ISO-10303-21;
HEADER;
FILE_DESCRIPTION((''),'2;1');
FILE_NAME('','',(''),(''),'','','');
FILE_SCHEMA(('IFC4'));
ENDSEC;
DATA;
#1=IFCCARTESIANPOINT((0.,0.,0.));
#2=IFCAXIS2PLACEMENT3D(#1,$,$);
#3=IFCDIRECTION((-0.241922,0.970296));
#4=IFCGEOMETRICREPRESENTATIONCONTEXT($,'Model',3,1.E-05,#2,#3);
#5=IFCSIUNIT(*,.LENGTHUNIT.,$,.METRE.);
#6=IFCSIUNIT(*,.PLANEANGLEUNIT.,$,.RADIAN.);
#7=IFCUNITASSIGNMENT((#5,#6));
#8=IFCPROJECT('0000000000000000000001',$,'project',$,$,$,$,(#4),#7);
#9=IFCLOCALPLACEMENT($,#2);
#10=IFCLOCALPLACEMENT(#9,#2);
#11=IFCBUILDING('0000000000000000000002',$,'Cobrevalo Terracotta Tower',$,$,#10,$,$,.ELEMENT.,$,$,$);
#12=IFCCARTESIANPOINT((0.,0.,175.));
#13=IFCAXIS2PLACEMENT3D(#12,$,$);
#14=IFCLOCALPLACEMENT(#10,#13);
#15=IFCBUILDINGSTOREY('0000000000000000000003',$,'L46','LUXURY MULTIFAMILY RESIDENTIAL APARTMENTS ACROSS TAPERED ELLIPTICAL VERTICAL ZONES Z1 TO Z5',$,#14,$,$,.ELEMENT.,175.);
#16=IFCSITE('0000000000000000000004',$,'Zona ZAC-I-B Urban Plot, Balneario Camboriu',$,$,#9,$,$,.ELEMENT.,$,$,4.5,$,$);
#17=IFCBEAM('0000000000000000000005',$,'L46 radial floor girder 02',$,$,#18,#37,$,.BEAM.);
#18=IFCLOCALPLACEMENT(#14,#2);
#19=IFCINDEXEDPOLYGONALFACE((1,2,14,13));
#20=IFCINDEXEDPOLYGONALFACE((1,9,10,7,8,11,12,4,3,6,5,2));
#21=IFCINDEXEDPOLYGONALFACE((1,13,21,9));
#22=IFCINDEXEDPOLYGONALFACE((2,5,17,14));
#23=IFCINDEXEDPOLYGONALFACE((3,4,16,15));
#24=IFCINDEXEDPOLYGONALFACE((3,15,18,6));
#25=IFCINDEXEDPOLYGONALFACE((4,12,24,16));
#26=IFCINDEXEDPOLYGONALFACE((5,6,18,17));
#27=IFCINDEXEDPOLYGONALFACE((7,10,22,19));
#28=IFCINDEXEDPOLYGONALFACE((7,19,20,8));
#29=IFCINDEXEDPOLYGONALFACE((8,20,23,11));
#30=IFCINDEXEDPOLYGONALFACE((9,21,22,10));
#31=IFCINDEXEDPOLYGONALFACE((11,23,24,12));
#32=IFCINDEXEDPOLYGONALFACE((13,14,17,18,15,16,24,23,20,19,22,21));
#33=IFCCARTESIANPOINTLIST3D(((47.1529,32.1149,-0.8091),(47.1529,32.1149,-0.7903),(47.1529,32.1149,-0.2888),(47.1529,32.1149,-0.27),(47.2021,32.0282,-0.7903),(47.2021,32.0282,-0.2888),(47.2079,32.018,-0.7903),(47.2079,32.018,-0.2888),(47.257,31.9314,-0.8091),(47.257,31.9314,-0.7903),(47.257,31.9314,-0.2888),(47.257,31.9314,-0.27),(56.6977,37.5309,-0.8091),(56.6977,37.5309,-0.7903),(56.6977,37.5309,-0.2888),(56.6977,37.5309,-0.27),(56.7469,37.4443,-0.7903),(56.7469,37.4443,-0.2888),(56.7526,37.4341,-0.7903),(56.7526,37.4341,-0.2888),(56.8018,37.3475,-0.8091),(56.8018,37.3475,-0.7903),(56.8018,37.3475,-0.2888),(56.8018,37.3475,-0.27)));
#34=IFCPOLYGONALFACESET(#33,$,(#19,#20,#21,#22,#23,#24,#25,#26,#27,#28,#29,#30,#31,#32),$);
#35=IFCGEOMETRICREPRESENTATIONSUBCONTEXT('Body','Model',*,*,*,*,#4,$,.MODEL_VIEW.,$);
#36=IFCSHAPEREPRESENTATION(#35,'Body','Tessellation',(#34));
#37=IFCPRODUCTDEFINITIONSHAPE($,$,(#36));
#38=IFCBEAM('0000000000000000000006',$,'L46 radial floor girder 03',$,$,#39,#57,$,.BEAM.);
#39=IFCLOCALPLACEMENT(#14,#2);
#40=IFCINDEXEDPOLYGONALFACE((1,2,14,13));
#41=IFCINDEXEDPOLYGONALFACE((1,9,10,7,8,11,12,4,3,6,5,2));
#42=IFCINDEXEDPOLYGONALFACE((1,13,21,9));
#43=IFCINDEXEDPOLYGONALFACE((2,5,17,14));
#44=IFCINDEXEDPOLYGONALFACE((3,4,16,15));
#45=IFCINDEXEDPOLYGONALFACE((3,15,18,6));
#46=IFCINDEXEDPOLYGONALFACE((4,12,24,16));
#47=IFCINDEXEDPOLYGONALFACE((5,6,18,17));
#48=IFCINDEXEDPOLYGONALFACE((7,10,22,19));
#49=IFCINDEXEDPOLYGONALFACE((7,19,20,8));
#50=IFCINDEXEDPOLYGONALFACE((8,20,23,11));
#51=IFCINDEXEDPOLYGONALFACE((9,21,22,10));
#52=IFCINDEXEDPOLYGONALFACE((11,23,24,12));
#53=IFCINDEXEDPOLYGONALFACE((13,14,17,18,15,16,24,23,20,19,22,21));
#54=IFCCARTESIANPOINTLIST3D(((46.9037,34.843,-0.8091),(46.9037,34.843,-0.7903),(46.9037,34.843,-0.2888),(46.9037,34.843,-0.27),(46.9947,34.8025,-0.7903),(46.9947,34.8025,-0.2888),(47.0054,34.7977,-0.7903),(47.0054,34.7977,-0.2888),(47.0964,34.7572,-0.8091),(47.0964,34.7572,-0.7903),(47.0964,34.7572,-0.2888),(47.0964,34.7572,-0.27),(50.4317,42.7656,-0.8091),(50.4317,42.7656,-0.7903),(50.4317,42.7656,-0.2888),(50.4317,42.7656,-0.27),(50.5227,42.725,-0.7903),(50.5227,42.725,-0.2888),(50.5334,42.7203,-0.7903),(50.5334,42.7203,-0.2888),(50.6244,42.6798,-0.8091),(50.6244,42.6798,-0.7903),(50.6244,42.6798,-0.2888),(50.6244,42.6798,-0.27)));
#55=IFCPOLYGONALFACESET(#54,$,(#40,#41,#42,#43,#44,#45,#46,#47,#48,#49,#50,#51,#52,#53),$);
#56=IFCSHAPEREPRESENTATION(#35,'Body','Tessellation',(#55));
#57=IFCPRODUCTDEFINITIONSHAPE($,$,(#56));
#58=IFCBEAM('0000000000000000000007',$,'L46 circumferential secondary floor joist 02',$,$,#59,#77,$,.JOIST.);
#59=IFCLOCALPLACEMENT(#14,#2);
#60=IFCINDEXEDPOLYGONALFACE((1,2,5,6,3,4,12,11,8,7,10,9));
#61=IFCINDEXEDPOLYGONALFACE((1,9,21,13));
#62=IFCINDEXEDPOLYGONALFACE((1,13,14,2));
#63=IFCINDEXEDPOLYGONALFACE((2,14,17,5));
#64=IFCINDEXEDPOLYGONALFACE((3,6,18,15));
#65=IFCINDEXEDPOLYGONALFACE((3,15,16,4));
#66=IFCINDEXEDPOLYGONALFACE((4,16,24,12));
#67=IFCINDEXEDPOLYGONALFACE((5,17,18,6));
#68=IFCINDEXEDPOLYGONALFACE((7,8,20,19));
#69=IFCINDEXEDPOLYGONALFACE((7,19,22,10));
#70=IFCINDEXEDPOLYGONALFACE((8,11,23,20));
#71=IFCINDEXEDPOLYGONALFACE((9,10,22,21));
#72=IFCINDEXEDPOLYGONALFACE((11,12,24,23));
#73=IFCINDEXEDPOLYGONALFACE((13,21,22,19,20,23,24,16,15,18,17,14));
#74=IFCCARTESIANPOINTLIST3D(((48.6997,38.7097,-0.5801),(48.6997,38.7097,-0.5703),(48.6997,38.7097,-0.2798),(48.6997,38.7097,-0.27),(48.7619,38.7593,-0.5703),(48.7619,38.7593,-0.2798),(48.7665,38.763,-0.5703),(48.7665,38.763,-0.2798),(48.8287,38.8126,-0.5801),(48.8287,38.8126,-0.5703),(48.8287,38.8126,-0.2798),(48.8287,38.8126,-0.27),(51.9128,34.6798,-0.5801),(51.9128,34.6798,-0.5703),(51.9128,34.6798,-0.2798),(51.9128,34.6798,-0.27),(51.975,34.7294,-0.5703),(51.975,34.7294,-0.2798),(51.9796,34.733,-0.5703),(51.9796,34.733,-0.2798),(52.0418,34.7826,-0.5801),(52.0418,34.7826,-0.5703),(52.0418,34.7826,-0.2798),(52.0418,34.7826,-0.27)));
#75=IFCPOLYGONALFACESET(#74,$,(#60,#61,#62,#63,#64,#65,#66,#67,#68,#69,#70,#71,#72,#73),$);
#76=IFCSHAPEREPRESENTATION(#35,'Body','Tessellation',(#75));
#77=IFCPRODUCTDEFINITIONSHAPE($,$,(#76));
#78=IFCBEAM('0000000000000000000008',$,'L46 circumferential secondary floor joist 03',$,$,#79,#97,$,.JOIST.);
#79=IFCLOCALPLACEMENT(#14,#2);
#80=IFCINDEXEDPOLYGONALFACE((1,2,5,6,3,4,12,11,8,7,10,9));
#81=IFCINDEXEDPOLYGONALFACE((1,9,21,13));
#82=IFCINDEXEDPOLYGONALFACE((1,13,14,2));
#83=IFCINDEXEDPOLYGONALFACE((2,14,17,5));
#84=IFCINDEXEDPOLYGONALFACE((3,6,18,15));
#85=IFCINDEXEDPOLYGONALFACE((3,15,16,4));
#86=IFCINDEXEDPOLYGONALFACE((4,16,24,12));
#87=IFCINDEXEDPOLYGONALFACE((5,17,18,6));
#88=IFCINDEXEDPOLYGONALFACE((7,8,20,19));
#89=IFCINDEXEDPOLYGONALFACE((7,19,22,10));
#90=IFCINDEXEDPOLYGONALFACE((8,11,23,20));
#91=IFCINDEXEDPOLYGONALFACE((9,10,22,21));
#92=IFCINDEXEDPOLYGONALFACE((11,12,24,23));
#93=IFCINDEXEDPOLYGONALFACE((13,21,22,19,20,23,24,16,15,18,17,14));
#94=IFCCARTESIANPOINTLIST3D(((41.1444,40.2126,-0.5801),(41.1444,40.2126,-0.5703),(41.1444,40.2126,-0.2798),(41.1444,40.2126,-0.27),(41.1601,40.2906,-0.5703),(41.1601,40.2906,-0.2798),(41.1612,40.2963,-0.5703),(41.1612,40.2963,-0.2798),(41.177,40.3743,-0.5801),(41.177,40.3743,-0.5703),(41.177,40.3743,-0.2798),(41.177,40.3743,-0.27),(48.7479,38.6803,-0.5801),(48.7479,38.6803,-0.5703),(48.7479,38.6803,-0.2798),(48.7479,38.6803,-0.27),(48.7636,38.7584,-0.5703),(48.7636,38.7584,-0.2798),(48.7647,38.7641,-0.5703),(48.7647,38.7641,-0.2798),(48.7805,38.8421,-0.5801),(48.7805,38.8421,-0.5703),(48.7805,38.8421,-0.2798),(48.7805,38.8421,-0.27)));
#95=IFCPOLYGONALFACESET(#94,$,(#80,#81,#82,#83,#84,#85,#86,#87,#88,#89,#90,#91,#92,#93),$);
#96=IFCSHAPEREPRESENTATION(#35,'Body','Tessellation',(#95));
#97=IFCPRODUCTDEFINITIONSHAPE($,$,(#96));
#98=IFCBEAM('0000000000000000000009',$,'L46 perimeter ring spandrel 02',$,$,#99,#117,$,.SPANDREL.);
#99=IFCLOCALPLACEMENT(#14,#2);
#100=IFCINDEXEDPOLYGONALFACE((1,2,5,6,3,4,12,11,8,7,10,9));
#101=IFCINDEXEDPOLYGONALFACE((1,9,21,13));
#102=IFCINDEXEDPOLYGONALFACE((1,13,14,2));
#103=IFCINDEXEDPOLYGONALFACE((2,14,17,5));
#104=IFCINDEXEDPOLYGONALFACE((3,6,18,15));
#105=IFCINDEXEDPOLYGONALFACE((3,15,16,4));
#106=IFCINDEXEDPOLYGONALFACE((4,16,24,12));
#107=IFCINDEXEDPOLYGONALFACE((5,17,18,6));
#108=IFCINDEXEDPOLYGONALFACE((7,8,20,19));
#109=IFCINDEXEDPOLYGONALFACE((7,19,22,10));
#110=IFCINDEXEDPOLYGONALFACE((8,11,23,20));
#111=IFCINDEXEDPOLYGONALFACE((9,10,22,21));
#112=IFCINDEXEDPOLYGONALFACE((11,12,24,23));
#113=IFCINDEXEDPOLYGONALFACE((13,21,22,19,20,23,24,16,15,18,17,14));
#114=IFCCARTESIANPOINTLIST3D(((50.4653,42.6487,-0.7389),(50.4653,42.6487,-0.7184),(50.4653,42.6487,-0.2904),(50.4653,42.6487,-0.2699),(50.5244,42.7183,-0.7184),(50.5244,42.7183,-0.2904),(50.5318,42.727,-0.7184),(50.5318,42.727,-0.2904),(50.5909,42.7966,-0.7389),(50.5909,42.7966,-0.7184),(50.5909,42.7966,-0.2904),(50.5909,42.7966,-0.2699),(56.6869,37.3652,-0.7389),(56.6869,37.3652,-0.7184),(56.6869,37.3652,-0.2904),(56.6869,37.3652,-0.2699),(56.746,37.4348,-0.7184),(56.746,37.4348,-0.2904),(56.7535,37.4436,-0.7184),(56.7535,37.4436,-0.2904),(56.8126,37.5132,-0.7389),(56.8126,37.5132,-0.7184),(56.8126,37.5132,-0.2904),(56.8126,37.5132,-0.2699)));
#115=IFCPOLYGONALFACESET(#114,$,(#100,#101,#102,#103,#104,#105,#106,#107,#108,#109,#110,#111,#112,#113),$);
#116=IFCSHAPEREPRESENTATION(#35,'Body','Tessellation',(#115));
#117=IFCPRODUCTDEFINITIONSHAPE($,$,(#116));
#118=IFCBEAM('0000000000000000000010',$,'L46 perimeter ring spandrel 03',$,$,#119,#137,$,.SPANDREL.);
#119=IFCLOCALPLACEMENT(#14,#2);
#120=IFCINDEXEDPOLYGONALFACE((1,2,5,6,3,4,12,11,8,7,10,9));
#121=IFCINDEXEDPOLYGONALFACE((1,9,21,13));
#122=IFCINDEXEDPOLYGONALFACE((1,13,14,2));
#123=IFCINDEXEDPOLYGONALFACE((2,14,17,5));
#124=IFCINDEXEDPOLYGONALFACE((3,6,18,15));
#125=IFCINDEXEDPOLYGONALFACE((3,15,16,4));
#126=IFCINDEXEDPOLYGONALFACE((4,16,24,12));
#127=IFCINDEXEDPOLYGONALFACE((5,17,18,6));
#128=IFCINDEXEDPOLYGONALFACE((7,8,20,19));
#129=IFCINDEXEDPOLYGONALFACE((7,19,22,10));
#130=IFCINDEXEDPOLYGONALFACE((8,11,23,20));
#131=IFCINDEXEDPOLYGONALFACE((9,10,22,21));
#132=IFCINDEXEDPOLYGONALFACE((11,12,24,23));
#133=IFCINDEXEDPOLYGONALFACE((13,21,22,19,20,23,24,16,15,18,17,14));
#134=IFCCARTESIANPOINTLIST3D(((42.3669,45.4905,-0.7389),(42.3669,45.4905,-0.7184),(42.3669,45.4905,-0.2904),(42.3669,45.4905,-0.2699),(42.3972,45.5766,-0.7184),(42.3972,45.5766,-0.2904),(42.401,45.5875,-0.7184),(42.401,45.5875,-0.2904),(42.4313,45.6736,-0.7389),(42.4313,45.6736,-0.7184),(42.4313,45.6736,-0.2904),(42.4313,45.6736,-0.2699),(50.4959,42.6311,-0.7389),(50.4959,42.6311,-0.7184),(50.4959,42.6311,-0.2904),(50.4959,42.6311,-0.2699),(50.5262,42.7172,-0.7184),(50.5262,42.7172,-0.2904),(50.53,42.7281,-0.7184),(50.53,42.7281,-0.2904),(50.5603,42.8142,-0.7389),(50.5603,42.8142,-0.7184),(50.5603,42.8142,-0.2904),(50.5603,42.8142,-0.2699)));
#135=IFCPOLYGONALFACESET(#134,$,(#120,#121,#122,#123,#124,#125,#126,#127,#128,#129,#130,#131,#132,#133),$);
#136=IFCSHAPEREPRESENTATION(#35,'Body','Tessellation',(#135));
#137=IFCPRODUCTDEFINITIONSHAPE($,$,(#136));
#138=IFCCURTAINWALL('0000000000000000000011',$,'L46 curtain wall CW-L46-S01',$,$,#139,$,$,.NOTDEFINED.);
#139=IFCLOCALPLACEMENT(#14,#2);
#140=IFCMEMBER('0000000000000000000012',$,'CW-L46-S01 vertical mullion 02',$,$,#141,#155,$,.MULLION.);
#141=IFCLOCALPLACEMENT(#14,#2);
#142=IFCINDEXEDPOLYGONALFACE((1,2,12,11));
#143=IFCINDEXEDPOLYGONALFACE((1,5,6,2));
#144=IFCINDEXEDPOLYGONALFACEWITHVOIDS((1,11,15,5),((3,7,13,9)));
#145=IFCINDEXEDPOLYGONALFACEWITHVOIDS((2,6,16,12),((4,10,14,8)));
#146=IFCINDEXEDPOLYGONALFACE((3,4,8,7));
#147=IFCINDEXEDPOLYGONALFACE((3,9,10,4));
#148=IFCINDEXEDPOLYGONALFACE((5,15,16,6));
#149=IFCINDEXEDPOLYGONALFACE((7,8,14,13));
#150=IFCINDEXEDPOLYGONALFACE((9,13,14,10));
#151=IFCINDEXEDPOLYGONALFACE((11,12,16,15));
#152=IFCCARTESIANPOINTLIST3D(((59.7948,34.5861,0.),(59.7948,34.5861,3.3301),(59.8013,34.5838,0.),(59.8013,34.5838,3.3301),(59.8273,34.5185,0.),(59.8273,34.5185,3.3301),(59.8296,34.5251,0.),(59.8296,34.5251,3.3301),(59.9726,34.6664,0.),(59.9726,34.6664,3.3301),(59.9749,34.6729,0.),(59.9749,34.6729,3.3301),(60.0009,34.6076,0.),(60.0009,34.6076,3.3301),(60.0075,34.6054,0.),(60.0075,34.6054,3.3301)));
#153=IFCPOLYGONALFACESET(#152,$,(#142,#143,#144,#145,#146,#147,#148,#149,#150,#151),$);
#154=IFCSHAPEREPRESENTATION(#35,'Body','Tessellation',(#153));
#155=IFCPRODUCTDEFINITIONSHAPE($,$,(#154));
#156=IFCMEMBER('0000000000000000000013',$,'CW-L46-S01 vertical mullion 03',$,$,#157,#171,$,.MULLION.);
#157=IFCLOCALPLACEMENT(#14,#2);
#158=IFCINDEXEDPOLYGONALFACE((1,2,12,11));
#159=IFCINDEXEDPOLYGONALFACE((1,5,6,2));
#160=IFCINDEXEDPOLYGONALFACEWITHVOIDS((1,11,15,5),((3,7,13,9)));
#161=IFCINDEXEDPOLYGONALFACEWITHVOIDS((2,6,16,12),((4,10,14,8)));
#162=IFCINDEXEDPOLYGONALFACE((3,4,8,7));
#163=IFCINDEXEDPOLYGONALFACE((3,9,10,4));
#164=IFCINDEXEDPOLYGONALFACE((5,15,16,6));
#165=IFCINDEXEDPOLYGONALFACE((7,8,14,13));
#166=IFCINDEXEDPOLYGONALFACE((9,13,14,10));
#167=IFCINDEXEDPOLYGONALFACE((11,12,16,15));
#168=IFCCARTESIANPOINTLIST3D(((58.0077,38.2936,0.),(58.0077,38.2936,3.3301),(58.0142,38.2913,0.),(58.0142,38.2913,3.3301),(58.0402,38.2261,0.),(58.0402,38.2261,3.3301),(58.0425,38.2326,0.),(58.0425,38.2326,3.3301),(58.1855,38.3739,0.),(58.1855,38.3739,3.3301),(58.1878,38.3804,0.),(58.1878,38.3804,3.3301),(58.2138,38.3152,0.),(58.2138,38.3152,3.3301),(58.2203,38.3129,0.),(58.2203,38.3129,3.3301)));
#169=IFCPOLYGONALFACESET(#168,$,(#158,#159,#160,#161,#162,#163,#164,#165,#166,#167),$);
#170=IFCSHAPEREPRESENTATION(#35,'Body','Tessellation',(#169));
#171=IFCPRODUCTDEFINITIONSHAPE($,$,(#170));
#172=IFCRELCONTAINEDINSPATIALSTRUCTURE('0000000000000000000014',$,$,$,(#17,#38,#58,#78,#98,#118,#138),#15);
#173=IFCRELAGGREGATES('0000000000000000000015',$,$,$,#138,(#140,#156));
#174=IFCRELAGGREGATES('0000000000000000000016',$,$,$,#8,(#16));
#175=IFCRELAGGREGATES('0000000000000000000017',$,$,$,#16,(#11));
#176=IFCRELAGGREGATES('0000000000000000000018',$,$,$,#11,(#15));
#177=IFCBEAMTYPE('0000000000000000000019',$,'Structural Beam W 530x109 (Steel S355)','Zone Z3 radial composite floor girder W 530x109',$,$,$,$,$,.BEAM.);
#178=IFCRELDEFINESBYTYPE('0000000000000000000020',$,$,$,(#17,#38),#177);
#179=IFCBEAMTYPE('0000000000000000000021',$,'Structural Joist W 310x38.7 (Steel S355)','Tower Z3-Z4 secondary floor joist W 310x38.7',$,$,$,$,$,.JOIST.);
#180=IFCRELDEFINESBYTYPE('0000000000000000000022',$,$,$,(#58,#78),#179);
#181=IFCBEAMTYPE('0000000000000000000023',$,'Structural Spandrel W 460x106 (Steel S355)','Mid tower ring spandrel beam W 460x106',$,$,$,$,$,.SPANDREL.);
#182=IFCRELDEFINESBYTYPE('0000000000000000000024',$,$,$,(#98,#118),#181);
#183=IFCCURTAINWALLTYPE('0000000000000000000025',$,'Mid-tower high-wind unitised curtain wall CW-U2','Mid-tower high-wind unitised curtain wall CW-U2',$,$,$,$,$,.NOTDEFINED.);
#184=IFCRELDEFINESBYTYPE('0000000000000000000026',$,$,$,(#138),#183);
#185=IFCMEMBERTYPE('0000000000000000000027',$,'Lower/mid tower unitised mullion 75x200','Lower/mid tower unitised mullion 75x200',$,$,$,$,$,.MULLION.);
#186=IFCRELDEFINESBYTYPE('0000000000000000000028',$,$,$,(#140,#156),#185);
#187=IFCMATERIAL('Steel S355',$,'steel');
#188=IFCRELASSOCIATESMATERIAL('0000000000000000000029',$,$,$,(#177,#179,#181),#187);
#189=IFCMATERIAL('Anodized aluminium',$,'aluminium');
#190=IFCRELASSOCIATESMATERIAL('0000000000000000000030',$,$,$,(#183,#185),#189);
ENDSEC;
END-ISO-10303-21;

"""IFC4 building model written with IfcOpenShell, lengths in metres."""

from ifc_helpers import new_model, si_unit, direction, frame, origin, origin_2d, place, context, subcontext, project, spatial, hollow_rectangle, i_section, extrude, source, transform, mapped, material, material_profile, profile_set, type_object, element, aggregate, save


model = new_model("IFC4")

# Units and contexts
model_context = context("Model", 3, precision=1e-05, world=origin(), true_north=direction((-0.241922, 0.970296)))
body_context = subcontext(model_context, "Body", "Model", "MODEL_VIEW")
ifc_project = project(units=[si_unit("LENGTHUNIT", "METRE"), si_unit("PLANEANGLEUNIT", "RADIAN")], contexts=[model_context])

# Site, building, storey
site_placement = place(None, origin())
site = spatial("IfcSite", under=ifc_project, at=site_placement, Name="Zona ZAC-I-B Urban Plot, Balneario Camboriu", CompositionType="ELEMENT", RefElevation=4.5)
building_placement = place(site_placement, origin())
building = spatial("IfcBuilding", under=site, at=building_placement, Name="Cobrevalo Terracotta Tower", CompositionType="ELEMENT")
storey_placement = place(building_placement, frame((0.0, 0.0, 175.0)))
storey = spatial("IfcBuildingStorey", under=building, at=storey_placement, Name="L46", Description="LUXURY MULTIFAMILY RESIDENTIAL APARTMENTS ACROSS TAPERED ELLIPTICAL VERTICAL ZONES Z1 TO Z5", CompositionType="ELEMENT", Elevation=175.0)

# Shared definitions
ifc_material_1 = material(Name="Steel S355", Category="steel")

# Beams
ifc_material_profile_1 = material_profile(ifc_material_1, i_section(OverallWidth=0.2109, OverallDepth=0.5391, WebThickness=0.0117, FlangeThickness=0.0188, at=origin_2d()), Name="W 530x109")
ifc_profile_set_1 = profile_set([ifc_material_profile_1], Name="Steel S355")
beam_type_1 = type_object("IfcBeamType", Name="Structural Beam W 530x109 (Steel S355)", Description="Zone Z3 radial composite floor girder W 530x109", PredefinedType="BEAM", material=ifc_profile_set_1)
beam_1_placement = place(storey_placement, frame((56.7498, 37.4392, -0.5396), z_axis=(-0.869734, -0.49352, 0.0), x_axis=(0.49352, -0.869734, 0.0)))
element("IfcBeam", 1, at=beam_1_placement, inside=storey, type_object=beam_type_1, Name="L46 radial floor girder 02", PredefinedType="BEAM", context=body_context, shape_type="SweptSolid", body=[
    extrude(i_section(OverallWidth=0.2109, OverallDepth=0.5391, WebThickness=0.0117, FlangeThickness=0.0188, at=origin_2d()), origin(), (0.0, 0.0, 1.0), 10.9744),
])
beam_2_placement = place(storey_placement, frame((50.5281, 42.7227, -0.5396), z_axis=(-0.406804, -0.913515, 0.0), x_axis=(0.913515, -0.406804, 0.0)))
element("IfcBeam", 2, at=beam_2_placement, inside=storey, type_object=beam_type_1, Name="L46 radial floor girder 03", PredefinedType="BEAM", context=body_context, shape_type="SweptSolid", body=[
    extrude(i_section(OverallWidth=0.2109, OverallDepth=0.5391, WebThickness=0.0117, FlangeThickness=0.0188, at=origin_2d()), origin(), (0.0, 0.0, 1.0), 8.6726),
])
ifc_material_profile_2 = material_profile(ifc_material_1, i_section(OverallWidth=0.165, OverallDepth=0.3101, WebThickness=0.0059, FlangeThickness=0.0098, at=origin_2d()), Name="W 310x38.7")
ifc_profile_set_2 = profile_set([ifc_material_profile_2], Name="Steel S355")
beam_type_2 = type_object("IfcBeamType", Name="Structural Joist W 310x38.7 (Steel S355)", Description="Tower Z3-Z4 secondary floor joist W 310x38.7", PredefinedType="JOIST", material=ifc_profile_set_2)
beam_3_placement = place(storey_placement, frame((51.9773, 34.7312, -0.425), z_axis=(-0.623406, 0.781898, 0.0), x_axis=(-0.781898, -0.623406, 0.0)))
element("IfcBeam", 3, at=beam_3_placement, inside=storey, type_object=beam_type_2, Name="L46 circumferential secondary floor joist 02", PredefinedType="JOIST", context=body_context, shape_type="SweptSolid", body=[
    extrude(i_section(OverallWidth=0.165, OverallDepth=0.3101, WebThickness=0.0059, FlangeThickness=0.0098, at=origin_2d()), origin(), (0.0, 0.0, 1.0), 5.1541),
])
beam_4_placement = place(storey_placement, frame((48.7642, 38.7612, -0.425), z_axis=(-0.980294, 0.197544, 0.0), x_axis=(-0.197544, -0.980294, 0.0)))
element("IfcBeam", 4, at=beam_4_placement, inside=storey, type_object=beam_type_2, Name="L46 circumferential secondary floor joist 03", PredefinedType="JOIST", context=body_context, shape_type="SweptSolid", body=[
    extrude(i_section(OverallWidth=0.165, OverallDepth=0.3101, WebThickness=0.0059, FlangeThickness=0.0098, at=origin_2d()), origin(), (0.0, 0.0, 1.0), 7.7563),
])
ifc_material_profile_3 = material_profile(ifc_material_1, i_section(OverallWidth=0.1941, OverallDepth=0.469, WebThickness=0.0115, FlangeThickness=0.0205, at=origin_2d()), Name="W 460x106")
ifc_profile_set_3 = profile_set([ifc_material_profile_3], Name="Steel S355")
beam_type_3 = type_object("IfcBeamType", Name="Structural Spandrel W 460x106 (Steel S355)", Description="Mid tower ring spandrel beam W 460x106", PredefinedType="SPANDREL", material=ifc_profile_set_3)
beam_5_placement = place(storey_placement, frame((56.7498, 37.4392, -0.5044), z_axis=(-0.76224, 0.647294, 0.0), x_axis=(-0.647294, -0.76224, 0.0)))
element("IfcBeam", 5, at=beam_5_placement, inside=storey, type_object=beam_type_3, Name="L46 perimeter ring spandrel 02", PredefinedType="SPANDREL", context=body_context, shape_type="SweptSolid", body=[
    extrude(i_section(OverallWidth=0.1941, OverallDepth=0.469, WebThickness=0.0115, FlangeThickness=0.0205, at=origin_2d()), origin(), (0.0, 0.0, 1.0), 8.1624),
])
beam_6_placement = place(storey_placement, frame((50.5281, 42.7227, -0.5044), z_axis=(-0.943341, 0.331824, 0.0), x_axis=(-0.331824, -0.943341, 0.0)))
element("IfcBeam", 6, at=beam_6_placement, inside=storey, type_object=beam_type_3, Name="L46 perimeter ring spandrel 03", PredefinedType="SPANDREL", context=body_context, shape_type="SweptSolid", body=[
    extrude(i_section(OverallWidth=0.1941, OverallDepth=0.469, WebThickness=0.0115, FlangeThickness=0.0205, at=origin_2d()), origin(), (0.0, 0.0, 1.0), 8.6172),
])

# Curtain wall, members
ifc_material_2 = material(Name="Anodized aluminium", Category="aluminium")
curtain_wall_type = type_object("IfcCurtainWallType", Name="Mid-tower high-wind unitised curtain wall CW-U2", Description="Mid-tower high-wind unitised curtain wall CW-U2", PredefinedType="NOTDEFINED", material=ifc_material_2)
curtain_wall_placement = place(storey_placement, origin())
curtain_wall = element("IfcCurtainWall", 7, at=curtain_wall_placement, inside=storey, type_object=curtain_wall_type, Name="L46 curtain wall CW-L46-S01", PredefinedType="NOTDEFINED")
ifc_material_profile_4 = material_profile(ifc_material_2, hollow_rectangle(XDim=0.075, YDim=0.2, WallThickness=0.0049, at=origin_2d()), Name="CWM 75x200")
ifc_profile_set_4 = profile_set([ifc_material_profile_4], Name="Anodized aluminium")
member_type_1 = type_object("IfcMemberType", Name="Lower/mid tower unitised mullion 75x200", Description="Lower/mid tower unitised mullion 75x200", PredefinedType="MULLION", material=ifc_profile_set_4)
shared_shape_1 = source(origin(), body_context, "Body", "SweptSolid", [
    extrude(hollow_rectangle(XDim=0.075, YDim=0.2, WallThickness=0.0049, at=origin_2d()), origin(), (0.0, 0.0, 1.0), 3.3301),
])
member_1_placement = place(storey_placement, frame((59.9011, 34.5957, 0.0), z_axis=(0.0, 0.0, 1.0), x_axis=(-0.434209, 0.900812, 0.0)))
member_1 = element("IfcMember", 8, at=member_1_placement, type_object=member_type_1, Name="CW-L46-S01 vertical mullion 02", PredefinedType="MULLION", context=body_context, shape_type="MappedRepresentation", body=[
    mapped(shared_shape_1, transform((0.0, 0.0, 0.0), scale=1.0)),
])
member_2_placement = place(storey_placement, frame((58.114, 38.3032, 0.0), z_axis=(0.0, 0.0, 1.0), x_axis=(-0.434209, 0.900812, 0.0)))
member_2 = element("IfcMember", 9, at=member_2_placement, type_object=member_type_1, Name="CW-L46-S01 vertical mullion 03", PredefinedType="MULLION", context=body_context, shape_type="MappedRepresentation", body=[
    mapped(shared_shape_1, transform((0.0, 0.0, 0.0), scale=1.0)),
])
aggregate(curtain_wall, [member_1, member_2])

save(model, "model.ifc")
